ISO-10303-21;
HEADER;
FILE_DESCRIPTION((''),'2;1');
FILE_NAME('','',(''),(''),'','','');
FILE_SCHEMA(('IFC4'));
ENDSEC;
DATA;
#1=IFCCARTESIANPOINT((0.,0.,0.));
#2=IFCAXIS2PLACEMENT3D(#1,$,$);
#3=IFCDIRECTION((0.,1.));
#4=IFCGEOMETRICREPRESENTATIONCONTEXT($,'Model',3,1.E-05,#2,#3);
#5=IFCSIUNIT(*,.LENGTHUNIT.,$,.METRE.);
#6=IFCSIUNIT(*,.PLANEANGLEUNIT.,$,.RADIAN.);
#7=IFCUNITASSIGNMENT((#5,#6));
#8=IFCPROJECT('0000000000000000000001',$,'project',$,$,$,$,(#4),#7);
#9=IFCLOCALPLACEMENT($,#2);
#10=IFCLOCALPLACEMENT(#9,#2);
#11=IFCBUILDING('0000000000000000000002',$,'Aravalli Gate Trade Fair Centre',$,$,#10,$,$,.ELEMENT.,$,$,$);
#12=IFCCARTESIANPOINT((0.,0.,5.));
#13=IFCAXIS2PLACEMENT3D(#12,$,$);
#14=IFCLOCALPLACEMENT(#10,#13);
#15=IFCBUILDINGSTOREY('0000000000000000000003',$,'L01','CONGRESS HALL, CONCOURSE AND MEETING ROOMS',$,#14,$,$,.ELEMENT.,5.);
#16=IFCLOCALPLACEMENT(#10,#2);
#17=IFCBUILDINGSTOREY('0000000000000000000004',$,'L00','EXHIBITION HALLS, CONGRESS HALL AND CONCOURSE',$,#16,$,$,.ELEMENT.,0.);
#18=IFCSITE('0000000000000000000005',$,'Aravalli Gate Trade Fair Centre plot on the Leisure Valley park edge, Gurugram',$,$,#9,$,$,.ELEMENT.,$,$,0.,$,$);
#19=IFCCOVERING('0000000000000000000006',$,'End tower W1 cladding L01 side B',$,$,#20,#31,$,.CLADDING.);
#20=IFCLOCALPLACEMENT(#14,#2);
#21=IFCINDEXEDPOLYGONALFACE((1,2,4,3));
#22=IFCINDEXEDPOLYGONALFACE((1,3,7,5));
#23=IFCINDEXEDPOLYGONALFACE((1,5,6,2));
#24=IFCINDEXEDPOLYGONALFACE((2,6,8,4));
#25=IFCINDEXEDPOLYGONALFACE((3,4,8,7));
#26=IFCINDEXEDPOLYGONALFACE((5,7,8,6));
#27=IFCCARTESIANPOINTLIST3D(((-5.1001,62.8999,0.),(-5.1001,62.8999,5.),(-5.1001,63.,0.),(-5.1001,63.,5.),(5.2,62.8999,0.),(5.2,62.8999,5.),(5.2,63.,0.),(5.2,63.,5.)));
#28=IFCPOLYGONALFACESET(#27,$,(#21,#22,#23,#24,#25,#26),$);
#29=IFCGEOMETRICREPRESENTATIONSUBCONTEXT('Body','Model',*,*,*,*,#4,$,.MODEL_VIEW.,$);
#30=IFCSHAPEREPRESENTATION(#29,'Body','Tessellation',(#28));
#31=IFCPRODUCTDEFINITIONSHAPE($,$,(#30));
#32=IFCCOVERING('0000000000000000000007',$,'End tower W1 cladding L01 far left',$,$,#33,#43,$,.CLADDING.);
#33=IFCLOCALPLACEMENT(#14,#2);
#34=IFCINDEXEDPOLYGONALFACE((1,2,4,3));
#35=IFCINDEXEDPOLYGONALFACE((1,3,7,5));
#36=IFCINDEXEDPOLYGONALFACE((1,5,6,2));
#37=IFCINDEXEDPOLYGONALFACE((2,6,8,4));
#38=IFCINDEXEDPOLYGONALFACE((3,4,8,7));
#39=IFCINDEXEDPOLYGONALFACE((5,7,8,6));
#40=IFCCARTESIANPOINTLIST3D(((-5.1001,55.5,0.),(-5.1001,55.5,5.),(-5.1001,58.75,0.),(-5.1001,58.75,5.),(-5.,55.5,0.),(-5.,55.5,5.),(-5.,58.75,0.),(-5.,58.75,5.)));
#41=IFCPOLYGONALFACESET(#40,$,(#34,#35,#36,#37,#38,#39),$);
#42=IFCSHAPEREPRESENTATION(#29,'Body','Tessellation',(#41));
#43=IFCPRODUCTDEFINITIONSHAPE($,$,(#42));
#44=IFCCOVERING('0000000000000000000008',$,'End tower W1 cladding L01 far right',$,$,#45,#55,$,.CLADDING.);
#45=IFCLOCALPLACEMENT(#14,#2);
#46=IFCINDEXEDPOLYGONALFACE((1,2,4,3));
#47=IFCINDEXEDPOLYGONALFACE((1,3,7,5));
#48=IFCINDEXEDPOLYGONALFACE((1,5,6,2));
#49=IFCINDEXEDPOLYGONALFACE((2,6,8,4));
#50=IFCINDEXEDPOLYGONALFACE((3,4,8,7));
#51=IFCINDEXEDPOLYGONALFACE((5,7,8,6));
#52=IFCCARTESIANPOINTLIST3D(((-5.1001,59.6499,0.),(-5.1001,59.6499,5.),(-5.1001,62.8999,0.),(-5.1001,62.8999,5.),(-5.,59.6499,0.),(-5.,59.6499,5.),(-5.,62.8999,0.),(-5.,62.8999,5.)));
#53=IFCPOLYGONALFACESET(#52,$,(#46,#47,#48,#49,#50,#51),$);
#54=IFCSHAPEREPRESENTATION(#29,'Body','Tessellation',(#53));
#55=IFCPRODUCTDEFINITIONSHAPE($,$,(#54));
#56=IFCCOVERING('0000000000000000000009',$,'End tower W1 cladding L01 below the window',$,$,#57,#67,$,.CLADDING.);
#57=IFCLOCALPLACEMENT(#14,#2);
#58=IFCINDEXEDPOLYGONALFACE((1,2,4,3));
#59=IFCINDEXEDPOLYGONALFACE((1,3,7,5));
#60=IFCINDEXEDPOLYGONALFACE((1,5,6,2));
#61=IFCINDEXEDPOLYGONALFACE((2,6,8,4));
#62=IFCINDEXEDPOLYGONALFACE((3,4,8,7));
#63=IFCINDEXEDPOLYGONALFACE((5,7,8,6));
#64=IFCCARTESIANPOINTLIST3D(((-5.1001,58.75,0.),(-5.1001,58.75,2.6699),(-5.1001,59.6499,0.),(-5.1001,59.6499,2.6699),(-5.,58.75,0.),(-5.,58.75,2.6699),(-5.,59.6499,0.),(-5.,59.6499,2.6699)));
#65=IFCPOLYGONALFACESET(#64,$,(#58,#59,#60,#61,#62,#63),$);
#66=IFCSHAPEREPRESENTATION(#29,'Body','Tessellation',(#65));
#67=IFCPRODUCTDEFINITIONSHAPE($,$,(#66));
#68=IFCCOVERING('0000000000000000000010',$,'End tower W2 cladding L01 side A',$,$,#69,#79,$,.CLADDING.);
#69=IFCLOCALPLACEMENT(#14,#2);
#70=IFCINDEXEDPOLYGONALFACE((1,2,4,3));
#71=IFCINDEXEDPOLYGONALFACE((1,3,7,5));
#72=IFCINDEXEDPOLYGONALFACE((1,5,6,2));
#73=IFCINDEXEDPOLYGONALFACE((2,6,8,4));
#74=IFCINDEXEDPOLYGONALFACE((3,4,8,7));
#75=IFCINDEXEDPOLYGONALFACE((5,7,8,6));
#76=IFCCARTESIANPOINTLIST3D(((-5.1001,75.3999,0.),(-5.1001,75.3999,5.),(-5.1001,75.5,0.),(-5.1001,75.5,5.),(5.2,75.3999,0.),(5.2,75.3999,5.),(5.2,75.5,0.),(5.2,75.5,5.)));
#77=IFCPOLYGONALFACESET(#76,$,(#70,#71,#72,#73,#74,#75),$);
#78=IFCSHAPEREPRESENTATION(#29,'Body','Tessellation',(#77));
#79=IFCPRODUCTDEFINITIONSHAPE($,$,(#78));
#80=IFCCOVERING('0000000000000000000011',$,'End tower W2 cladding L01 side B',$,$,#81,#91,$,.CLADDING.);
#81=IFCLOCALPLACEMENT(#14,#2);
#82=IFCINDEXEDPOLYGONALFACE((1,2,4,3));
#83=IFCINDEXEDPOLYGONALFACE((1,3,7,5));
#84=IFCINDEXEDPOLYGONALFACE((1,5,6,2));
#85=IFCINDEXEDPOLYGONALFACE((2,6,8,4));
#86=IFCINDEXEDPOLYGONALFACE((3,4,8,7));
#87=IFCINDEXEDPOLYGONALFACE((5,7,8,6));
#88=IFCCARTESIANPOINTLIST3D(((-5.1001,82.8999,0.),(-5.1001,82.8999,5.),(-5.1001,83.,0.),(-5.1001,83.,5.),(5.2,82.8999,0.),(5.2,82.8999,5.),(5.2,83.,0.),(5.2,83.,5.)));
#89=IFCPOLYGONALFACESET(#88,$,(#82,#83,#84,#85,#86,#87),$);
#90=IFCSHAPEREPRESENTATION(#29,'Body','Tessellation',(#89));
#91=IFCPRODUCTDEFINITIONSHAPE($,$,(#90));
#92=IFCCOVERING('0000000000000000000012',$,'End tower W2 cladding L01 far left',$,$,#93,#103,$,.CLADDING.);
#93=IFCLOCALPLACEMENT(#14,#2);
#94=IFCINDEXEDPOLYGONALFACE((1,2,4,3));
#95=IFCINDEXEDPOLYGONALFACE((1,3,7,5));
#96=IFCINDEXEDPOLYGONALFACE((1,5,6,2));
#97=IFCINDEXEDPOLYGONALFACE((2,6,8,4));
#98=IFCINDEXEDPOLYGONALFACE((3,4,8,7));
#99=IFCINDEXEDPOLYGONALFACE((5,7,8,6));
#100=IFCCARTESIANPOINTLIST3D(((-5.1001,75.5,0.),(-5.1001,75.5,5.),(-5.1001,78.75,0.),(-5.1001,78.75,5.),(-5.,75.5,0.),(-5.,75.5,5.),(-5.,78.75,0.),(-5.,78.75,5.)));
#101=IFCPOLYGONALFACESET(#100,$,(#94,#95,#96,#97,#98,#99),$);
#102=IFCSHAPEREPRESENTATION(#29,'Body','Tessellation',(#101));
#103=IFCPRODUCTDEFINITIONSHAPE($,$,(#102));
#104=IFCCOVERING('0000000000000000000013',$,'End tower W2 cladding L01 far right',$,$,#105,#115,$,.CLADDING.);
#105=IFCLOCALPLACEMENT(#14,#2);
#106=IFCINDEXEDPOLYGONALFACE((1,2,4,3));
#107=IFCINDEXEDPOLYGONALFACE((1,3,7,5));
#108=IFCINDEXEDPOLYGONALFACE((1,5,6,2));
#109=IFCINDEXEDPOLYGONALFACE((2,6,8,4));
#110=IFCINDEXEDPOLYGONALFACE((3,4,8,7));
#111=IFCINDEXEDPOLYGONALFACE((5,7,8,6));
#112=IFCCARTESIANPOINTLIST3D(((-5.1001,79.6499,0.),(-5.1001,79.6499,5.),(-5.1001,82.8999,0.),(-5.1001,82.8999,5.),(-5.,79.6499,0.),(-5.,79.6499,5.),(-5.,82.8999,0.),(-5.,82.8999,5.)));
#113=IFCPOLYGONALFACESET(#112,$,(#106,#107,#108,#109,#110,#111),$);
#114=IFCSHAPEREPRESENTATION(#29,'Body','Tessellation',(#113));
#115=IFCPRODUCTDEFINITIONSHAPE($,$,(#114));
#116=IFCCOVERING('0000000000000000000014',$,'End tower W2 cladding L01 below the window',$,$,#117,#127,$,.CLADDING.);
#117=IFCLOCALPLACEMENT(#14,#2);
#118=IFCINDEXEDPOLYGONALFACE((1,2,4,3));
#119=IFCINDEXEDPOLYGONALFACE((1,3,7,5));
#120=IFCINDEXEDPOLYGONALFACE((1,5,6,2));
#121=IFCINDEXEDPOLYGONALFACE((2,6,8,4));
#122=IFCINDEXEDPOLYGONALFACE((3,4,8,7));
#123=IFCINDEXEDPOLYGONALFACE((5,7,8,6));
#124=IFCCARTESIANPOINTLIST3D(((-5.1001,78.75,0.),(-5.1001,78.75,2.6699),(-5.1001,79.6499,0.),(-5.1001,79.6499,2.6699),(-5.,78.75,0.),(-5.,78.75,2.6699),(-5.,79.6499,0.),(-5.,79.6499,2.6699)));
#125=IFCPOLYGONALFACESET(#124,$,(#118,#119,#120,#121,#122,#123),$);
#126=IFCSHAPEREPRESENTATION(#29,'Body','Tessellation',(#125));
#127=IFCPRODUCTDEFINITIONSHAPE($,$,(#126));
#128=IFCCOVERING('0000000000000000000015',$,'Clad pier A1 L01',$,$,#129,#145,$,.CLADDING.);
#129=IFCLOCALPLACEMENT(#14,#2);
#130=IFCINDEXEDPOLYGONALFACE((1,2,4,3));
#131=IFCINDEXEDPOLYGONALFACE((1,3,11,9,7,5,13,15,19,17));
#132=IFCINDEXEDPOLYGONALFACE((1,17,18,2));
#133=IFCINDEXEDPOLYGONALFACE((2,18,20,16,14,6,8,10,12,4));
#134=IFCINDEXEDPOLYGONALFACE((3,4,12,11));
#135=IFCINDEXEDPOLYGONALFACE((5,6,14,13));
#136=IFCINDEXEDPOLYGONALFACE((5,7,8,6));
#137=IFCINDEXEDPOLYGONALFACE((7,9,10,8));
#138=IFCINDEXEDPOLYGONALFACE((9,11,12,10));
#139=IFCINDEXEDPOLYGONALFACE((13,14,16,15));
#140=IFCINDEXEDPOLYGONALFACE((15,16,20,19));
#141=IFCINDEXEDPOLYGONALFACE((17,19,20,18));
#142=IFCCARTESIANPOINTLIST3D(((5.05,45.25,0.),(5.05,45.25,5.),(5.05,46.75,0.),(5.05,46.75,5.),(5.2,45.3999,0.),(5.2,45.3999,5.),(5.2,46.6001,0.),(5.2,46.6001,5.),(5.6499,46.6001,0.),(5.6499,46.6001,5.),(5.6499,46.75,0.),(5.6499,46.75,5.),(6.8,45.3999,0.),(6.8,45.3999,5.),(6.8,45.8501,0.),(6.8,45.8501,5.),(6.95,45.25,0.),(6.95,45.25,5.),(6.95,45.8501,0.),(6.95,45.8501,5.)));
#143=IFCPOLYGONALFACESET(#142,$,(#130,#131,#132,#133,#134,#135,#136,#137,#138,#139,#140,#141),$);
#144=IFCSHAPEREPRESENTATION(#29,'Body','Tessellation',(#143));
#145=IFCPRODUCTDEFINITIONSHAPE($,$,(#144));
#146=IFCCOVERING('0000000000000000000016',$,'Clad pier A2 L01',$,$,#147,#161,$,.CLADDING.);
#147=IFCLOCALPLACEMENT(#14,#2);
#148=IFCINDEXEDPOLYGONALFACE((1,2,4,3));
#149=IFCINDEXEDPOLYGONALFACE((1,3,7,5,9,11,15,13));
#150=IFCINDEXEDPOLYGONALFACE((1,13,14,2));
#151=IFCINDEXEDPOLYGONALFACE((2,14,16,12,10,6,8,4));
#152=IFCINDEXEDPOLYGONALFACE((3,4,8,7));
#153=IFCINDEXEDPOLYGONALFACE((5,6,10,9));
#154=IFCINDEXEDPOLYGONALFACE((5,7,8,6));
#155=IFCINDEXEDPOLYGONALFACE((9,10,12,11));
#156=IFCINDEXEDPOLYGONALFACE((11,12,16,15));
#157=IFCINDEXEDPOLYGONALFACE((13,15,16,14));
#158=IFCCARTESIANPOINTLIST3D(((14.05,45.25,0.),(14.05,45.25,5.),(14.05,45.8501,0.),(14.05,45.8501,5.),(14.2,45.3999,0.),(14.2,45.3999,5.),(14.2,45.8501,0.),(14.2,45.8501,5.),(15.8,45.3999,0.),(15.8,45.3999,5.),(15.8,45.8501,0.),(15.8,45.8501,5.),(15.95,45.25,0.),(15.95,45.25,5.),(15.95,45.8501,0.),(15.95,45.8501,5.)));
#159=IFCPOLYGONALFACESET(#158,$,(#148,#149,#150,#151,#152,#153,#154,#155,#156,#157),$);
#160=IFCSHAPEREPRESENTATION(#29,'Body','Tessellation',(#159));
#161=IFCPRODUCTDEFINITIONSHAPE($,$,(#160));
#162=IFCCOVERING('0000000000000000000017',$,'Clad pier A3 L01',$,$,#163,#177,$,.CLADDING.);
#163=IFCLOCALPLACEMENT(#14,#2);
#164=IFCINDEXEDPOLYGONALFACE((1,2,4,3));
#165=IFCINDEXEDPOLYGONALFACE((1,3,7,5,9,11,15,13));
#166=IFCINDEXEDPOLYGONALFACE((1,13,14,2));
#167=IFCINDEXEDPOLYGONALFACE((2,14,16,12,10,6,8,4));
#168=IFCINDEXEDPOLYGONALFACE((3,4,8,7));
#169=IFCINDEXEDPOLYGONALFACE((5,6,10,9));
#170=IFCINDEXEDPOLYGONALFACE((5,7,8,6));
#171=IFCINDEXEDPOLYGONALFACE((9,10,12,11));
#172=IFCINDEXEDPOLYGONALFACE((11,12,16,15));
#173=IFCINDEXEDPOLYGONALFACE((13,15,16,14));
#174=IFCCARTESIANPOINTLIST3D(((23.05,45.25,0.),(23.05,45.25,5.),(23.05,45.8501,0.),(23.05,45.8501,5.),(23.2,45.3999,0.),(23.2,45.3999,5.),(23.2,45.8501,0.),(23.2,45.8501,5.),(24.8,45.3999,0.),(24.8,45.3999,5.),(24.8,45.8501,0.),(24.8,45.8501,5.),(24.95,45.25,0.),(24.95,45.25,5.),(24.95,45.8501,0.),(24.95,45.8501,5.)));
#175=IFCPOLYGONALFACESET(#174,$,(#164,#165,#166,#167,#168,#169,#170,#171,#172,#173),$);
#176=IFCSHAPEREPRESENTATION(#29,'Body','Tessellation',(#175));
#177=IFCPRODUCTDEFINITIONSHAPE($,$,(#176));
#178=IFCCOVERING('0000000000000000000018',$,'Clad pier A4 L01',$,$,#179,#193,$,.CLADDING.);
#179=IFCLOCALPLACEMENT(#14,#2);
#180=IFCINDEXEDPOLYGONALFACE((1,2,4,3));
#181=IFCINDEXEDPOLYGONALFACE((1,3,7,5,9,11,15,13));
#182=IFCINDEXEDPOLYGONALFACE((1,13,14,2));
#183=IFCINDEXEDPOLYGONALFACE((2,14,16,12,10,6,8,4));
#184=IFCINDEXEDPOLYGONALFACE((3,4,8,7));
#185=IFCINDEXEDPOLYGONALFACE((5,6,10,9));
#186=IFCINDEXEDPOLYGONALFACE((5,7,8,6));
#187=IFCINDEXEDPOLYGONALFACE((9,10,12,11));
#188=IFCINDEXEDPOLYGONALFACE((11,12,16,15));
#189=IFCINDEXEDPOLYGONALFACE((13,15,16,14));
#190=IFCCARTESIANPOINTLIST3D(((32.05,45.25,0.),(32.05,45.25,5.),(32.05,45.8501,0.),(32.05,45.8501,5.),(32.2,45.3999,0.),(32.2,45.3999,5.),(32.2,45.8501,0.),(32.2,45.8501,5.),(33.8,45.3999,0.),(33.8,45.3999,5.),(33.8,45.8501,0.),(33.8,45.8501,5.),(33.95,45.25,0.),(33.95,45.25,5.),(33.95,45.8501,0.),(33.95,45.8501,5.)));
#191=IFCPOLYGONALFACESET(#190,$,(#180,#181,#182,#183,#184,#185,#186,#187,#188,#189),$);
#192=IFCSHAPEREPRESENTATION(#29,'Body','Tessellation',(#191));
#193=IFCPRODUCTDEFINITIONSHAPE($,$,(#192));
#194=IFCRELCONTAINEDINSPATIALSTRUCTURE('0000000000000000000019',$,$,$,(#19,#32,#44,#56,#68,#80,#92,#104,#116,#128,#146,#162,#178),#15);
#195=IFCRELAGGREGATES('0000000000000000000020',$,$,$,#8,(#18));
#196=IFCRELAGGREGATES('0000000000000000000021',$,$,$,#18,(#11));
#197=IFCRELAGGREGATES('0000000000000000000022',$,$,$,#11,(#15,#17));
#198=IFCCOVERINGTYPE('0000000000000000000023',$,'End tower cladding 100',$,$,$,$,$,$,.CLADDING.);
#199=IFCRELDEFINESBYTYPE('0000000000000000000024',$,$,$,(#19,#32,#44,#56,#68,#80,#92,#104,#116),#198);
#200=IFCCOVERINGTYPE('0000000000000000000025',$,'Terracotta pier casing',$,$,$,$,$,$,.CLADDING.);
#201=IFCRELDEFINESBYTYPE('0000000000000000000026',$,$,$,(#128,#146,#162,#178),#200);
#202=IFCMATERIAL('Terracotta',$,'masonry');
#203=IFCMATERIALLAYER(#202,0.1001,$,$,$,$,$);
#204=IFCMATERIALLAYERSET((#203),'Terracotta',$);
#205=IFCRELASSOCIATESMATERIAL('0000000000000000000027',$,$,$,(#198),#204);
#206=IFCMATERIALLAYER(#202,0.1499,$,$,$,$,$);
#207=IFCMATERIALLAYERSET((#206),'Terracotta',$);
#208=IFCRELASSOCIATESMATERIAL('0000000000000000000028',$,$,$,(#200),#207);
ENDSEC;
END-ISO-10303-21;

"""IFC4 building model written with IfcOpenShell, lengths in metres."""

from ifc_helpers import new_model, si_unit, direction, frame, origin, place, context, subcontext, project, spatial, polyline, outline, extrude, material, layer, layer_set, type_object, element, save


model = new_model("IFC4")

# Units and contexts
model_context = context("Model", 3, precision=1e-05, world=origin(), true_north=direction((0.0, 1.0)))
body_context = subcontext(model_context, "Body", "Model", "MODEL_VIEW")
ifc_project = project(units=[si_unit("LENGTHUNIT", "METRE"), si_unit("PLANEANGLEUNIT", "RADIAN")], contexts=[model_context])

# Site, building, storey
site_placement = place(None, origin())
site = spatial("IfcSite", under=ifc_project, at=site_placement, Name="Aravalli Gate Trade Fair Centre plot on the Leisure Valley park edge, Gurugram", CompositionType="ELEMENT", RefElevation=0.0)
building_placement = place(site_placement, origin())
building = spatial("IfcBuilding", under=site, at=building_placement, Name="Aravalli Gate Trade Fair Centre", CompositionType="ELEMENT")
storey_1_placement = place(building_placement, frame((0.0, 0.0, 5.0)))
storey_1 = spatial("IfcBuildingStorey", under=building, at=storey_1_placement, Name="L01", Description="CONGRESS HALL, CONCOURSE AND MEETING ROOMS", CompositionType="ELEMENT", Elevation=5.0)

# Shared definitions
storey_2_placement = place(building_placement, origin())
storey_2 = spatial("IfcBuildingStorey", under=building, at=storey_2_placement, Name="L00", Description="EXHIBITION HALLS, CONGRESS HALL AND CONCOURSE", CompositionType="ELEMENT", Elevation=0.0)

# Coverings
ifc_material_1 = material(Name="Terracotta", Category="masonry")
ifc_layer_1 = layer(ifc_material_1, 0.1001)
ifc_layer_set_1 = layer_set([ifc_layer_1], Name="Terracotta")
covering_type_1 = type_object("IfcCoveringType", Name="End tower cladding 100", PredefinedType="CLADDING", material=ifc_layer_set_1)
covering_1_placement = place(storey_1_placement, origin())
element("IfcCovering", 1, at=covering_1_placement, inside=storey_1, type_object=covering_type_1, Name="End tower W1 cladding L01 side B", PredefinedType="CLADDING", context=body_context, shape_type="SweptSolid", body=[
    extrude(outline(polyline([(5.2, 62.8999), (-5.1001, 62.8999), (-5.1001, 63.0), (5.2, 63.0), (5.2, 62.8999)])), origin(), (0.0, 0.0, 1.0), 5.0),
])
covering_2_placement = place(storey_1_placement, origin())
element("IfcCovering", 2, at=covering_2_placement, inside=storey_1, type_object=covering_type_1, Name="End tower W1 cladding L01 far left", PredefinedType="CLADDING", context=body_context, shape_type="SweptSolid", body=[
    extrude(outline(polyline([(-5.0, 55.5), (-5.1001, 55.5), (-5.1001, 58.75), (-5.0, 58.75), (-5.0, 55.5)])), origin(), (0.0, 0.0, 1.0), 5.0),
])
covering_3_placement = place(storey_1_placement, origin())
element("IfcCovering", 3, at=covering_3_placement, inside=storey_1, type_object=covering_type_1, Name="End tower W1 cladding L01 far right", PredefinedType="CLADDING", context=body_context, shape_type="SweptSolid", body=[
    extrude(outline(polyline([(-5.0, 59.6499), (-5.1001, 59.6499), (-5.1001, 62.8999), (-5.0, 62.8999), (-5.0, 59.6499)])), origin(), (0.0, 0.0, 1.0), 5.0),
])
covering_4_placement = place(storey_1_placement, origin())
element("IfcCovering", 4, at=covering_4_placement, inside=storey_1, type_object=covering_type_1, Name="End tower W1 cladding L01 below the window", PredefinedType="CLADDING", context=body_context, shape_type="SweptSolid", body=[
    extrude(outline(polyline([(-5.0, 58.75), (-5.1001, 58.75), (-5.1001, 59.6499), (-5.0, 59.6499), (-5.0, 58.75)])), origin(), (0.0, 0.0, 1.0), 2.6699),
])
covering_5_placement = place(storey_1_placement, origin())
element("IfcCovering", 5, at=covering_5_placement, inside=storey_1, type_object=covering_type_1, Name="End tower W2 cladding L01 side A", PredefinedType="CLADDING", context=body_context, shape_type="SweptSolid", body=[
    extrude(outline(polyline([(5.2, 75.3999), (-5.1001, 75.3999), (-5.1001, 75.5), (5.2, 75.5), (5.2, 75.3999)])), origin(), (0.0, 0.0, 1.0), 5.0),
])
covering_6_placement = place(storey_1_placement, origin())
element("IfcCovering", 6, at=covering_6_placement, inside=storey_1, type_object=covering_type_1, Name="End tower W2 cladding L01 side B", PredefinedType="CLADDING", context=body_context, shape_type="SweptSolid", body=[
    extrude(outline(polyline([(5.2, 82.8999), (-5.1001, 82.8999), (-5.1001, 83.0), (5.2, 83.0), (5.2, 82.8999)])), origin(), (0.0, 0.0, 1.0), 5.0),
])
covering_7_placement = place(storey_1_placement, origin())
element("IfcCovering", 7, at=covering_7_placement, inside=storey_1, type_object=covering_type_1, Name="End tower W2 cladding L01 far left", PredefinedType="CLADDING", context=body_context, shape_type="SweptSolid", body=[
    extrude(outline(polyline([(-5.0, 75.5), (-5.1001, 75.5), (-5.1001, 78.75), (-5.0, 78.75), (-5.0, 75.5)])), origin(), (0.0, 0.0, 1.0), 5.0),
])
covering_8_placement = place(storey_1_placement, origin())
element("IfcCovering", 8, at=covering_8_placement, inside=storey_1, type_object=covering_type_1, Name="End tower W2 cladding L01 far right", PredefinedType="CLADDING", context=body_context, shape_type="SweptSolid", body=[
    extrude(outline(polyline([(-5.0, 79.6499), (-5.1001, 79.6499), (-5.1001, 82.8999), (-5.0, 82.8999), (-5.0, 79.6499)])), origin(), (0.0, 0.0, 1.0), 5.0),
])
covering_9_placement = place(storey_1_placement, origin())
element("IfcCovering", 9, at=covering_9_placement, inside=storey_1, type_object=covering_type_1, Name="End tower W2 cladding L01 below the window", PredefinedType="CLADDING", context=body_context, shape_type="SweptSolid", body=[
    extrude(outline(polyline([(-5.0, 78.75), (-5.1001, 78.75), (-5.1001, 79.6499), (-5.0, 79.6499), (-5.0, 78.75)])), origin(), (0.0, 0.0, 1.0), 2.6699),
])
ifc_layer_2 = layer(ifc_material_1, 0.1499)
ifc_layer_set_2 = layer_set([ifc_layer_2], Name="Terracotta")
covering_type_2 = type_object("IfcCoveringType", Name="Terracotta pier casing", PredefinedType="CLADDING", material=ifc_layer_set_2)
covering_10_placement = place(storey_1_placement, origin())
element("IfcCovering", 10, at=covering_10_placement, inside=storey_1, type_object=covering_type_2, Name="Clad pier A1 L01", PredefinedType="CLADDING", context=body_context, shape_type="SweptSolid", body=[
    extrude(outline(polyline([(5.05, 46.75), (5.6499, 46.75), (5.6499, 46.6001), (5.2, 46.6001), (5.2, 45.3999), (6.8, 45.3999), (6.8, 45.8501), (6.95, 45.8501), (6.95, 45.25), (5.05, 45.25), (5.05, 46.75)])), origin(), (0.0, 0.0, 1.0), 5.0),
])
covering_11_placement = place(storey_1_placement, origin())
element("IfcCovering", 11, at=covering_11_placement, inside=storey_1, type_object=covering_type_2, Name="Clad pier A2 L01", PredefinedType="CLADDING", context=body_context, shape_type="SweptSolid", body=[
    extrude(outline(polyline([(14.05, 45.8501), (14.2, 45.8501), (14.2, 45.3999), (15.8, 45.3999), (15.8, 45.8501), (15.95, 45.8501), (15.95, 45.25), (14.05, 45.25), (14.05, 45.8501)])), origin(), (0.0, 0.0, 1.0), 5.0),
])
covering_12_placement = place(storey_1_placement, origin())
element("IfcCovering", 12, at=covering_12_placement, inside=storey_1, type_object=covering_type_2, Name="Clad pier A3 L01", PredefinedType="CLADDING", context=body_context, shape_type="SweptSolid", body=[
    extrude(outline(polyline([(23.05, 45.8501), (23.2, 45.8501), (23.2, 45.3999), (24.8, 45.3999), (24.8, 45.8501), (24.95, 45.8501), (24.95, 45.25), (23.05, 45.25), (23.05, 45.8501)])), origin(), (0.0, 0.0, 1.0), 5.0),
])
covering_13_placement = place(storey_1_placement, origin())
element("IfcCovering", 13, at=covering_13_placement, inside=storey_1, type_object=covering_type_2, Name="Clad pier A4 L01", PredefinedType="CLADDING", context=body_context, shape_type="SweptSolid", body=[
    extrude(outline(polyline([(32.05, 45.8501), (32.2, 45.8501), (32.2, 45.3999), (33.8, 45.3999), (33.8, 45.8501), (33.95, 45.8501), (33.95, 45.25), (32.05, 45.25), (32.05, 45.8501)])), origin(), (0.0, 0.0, 1.0), 5.0),
])

save(model, "model.ifc")
